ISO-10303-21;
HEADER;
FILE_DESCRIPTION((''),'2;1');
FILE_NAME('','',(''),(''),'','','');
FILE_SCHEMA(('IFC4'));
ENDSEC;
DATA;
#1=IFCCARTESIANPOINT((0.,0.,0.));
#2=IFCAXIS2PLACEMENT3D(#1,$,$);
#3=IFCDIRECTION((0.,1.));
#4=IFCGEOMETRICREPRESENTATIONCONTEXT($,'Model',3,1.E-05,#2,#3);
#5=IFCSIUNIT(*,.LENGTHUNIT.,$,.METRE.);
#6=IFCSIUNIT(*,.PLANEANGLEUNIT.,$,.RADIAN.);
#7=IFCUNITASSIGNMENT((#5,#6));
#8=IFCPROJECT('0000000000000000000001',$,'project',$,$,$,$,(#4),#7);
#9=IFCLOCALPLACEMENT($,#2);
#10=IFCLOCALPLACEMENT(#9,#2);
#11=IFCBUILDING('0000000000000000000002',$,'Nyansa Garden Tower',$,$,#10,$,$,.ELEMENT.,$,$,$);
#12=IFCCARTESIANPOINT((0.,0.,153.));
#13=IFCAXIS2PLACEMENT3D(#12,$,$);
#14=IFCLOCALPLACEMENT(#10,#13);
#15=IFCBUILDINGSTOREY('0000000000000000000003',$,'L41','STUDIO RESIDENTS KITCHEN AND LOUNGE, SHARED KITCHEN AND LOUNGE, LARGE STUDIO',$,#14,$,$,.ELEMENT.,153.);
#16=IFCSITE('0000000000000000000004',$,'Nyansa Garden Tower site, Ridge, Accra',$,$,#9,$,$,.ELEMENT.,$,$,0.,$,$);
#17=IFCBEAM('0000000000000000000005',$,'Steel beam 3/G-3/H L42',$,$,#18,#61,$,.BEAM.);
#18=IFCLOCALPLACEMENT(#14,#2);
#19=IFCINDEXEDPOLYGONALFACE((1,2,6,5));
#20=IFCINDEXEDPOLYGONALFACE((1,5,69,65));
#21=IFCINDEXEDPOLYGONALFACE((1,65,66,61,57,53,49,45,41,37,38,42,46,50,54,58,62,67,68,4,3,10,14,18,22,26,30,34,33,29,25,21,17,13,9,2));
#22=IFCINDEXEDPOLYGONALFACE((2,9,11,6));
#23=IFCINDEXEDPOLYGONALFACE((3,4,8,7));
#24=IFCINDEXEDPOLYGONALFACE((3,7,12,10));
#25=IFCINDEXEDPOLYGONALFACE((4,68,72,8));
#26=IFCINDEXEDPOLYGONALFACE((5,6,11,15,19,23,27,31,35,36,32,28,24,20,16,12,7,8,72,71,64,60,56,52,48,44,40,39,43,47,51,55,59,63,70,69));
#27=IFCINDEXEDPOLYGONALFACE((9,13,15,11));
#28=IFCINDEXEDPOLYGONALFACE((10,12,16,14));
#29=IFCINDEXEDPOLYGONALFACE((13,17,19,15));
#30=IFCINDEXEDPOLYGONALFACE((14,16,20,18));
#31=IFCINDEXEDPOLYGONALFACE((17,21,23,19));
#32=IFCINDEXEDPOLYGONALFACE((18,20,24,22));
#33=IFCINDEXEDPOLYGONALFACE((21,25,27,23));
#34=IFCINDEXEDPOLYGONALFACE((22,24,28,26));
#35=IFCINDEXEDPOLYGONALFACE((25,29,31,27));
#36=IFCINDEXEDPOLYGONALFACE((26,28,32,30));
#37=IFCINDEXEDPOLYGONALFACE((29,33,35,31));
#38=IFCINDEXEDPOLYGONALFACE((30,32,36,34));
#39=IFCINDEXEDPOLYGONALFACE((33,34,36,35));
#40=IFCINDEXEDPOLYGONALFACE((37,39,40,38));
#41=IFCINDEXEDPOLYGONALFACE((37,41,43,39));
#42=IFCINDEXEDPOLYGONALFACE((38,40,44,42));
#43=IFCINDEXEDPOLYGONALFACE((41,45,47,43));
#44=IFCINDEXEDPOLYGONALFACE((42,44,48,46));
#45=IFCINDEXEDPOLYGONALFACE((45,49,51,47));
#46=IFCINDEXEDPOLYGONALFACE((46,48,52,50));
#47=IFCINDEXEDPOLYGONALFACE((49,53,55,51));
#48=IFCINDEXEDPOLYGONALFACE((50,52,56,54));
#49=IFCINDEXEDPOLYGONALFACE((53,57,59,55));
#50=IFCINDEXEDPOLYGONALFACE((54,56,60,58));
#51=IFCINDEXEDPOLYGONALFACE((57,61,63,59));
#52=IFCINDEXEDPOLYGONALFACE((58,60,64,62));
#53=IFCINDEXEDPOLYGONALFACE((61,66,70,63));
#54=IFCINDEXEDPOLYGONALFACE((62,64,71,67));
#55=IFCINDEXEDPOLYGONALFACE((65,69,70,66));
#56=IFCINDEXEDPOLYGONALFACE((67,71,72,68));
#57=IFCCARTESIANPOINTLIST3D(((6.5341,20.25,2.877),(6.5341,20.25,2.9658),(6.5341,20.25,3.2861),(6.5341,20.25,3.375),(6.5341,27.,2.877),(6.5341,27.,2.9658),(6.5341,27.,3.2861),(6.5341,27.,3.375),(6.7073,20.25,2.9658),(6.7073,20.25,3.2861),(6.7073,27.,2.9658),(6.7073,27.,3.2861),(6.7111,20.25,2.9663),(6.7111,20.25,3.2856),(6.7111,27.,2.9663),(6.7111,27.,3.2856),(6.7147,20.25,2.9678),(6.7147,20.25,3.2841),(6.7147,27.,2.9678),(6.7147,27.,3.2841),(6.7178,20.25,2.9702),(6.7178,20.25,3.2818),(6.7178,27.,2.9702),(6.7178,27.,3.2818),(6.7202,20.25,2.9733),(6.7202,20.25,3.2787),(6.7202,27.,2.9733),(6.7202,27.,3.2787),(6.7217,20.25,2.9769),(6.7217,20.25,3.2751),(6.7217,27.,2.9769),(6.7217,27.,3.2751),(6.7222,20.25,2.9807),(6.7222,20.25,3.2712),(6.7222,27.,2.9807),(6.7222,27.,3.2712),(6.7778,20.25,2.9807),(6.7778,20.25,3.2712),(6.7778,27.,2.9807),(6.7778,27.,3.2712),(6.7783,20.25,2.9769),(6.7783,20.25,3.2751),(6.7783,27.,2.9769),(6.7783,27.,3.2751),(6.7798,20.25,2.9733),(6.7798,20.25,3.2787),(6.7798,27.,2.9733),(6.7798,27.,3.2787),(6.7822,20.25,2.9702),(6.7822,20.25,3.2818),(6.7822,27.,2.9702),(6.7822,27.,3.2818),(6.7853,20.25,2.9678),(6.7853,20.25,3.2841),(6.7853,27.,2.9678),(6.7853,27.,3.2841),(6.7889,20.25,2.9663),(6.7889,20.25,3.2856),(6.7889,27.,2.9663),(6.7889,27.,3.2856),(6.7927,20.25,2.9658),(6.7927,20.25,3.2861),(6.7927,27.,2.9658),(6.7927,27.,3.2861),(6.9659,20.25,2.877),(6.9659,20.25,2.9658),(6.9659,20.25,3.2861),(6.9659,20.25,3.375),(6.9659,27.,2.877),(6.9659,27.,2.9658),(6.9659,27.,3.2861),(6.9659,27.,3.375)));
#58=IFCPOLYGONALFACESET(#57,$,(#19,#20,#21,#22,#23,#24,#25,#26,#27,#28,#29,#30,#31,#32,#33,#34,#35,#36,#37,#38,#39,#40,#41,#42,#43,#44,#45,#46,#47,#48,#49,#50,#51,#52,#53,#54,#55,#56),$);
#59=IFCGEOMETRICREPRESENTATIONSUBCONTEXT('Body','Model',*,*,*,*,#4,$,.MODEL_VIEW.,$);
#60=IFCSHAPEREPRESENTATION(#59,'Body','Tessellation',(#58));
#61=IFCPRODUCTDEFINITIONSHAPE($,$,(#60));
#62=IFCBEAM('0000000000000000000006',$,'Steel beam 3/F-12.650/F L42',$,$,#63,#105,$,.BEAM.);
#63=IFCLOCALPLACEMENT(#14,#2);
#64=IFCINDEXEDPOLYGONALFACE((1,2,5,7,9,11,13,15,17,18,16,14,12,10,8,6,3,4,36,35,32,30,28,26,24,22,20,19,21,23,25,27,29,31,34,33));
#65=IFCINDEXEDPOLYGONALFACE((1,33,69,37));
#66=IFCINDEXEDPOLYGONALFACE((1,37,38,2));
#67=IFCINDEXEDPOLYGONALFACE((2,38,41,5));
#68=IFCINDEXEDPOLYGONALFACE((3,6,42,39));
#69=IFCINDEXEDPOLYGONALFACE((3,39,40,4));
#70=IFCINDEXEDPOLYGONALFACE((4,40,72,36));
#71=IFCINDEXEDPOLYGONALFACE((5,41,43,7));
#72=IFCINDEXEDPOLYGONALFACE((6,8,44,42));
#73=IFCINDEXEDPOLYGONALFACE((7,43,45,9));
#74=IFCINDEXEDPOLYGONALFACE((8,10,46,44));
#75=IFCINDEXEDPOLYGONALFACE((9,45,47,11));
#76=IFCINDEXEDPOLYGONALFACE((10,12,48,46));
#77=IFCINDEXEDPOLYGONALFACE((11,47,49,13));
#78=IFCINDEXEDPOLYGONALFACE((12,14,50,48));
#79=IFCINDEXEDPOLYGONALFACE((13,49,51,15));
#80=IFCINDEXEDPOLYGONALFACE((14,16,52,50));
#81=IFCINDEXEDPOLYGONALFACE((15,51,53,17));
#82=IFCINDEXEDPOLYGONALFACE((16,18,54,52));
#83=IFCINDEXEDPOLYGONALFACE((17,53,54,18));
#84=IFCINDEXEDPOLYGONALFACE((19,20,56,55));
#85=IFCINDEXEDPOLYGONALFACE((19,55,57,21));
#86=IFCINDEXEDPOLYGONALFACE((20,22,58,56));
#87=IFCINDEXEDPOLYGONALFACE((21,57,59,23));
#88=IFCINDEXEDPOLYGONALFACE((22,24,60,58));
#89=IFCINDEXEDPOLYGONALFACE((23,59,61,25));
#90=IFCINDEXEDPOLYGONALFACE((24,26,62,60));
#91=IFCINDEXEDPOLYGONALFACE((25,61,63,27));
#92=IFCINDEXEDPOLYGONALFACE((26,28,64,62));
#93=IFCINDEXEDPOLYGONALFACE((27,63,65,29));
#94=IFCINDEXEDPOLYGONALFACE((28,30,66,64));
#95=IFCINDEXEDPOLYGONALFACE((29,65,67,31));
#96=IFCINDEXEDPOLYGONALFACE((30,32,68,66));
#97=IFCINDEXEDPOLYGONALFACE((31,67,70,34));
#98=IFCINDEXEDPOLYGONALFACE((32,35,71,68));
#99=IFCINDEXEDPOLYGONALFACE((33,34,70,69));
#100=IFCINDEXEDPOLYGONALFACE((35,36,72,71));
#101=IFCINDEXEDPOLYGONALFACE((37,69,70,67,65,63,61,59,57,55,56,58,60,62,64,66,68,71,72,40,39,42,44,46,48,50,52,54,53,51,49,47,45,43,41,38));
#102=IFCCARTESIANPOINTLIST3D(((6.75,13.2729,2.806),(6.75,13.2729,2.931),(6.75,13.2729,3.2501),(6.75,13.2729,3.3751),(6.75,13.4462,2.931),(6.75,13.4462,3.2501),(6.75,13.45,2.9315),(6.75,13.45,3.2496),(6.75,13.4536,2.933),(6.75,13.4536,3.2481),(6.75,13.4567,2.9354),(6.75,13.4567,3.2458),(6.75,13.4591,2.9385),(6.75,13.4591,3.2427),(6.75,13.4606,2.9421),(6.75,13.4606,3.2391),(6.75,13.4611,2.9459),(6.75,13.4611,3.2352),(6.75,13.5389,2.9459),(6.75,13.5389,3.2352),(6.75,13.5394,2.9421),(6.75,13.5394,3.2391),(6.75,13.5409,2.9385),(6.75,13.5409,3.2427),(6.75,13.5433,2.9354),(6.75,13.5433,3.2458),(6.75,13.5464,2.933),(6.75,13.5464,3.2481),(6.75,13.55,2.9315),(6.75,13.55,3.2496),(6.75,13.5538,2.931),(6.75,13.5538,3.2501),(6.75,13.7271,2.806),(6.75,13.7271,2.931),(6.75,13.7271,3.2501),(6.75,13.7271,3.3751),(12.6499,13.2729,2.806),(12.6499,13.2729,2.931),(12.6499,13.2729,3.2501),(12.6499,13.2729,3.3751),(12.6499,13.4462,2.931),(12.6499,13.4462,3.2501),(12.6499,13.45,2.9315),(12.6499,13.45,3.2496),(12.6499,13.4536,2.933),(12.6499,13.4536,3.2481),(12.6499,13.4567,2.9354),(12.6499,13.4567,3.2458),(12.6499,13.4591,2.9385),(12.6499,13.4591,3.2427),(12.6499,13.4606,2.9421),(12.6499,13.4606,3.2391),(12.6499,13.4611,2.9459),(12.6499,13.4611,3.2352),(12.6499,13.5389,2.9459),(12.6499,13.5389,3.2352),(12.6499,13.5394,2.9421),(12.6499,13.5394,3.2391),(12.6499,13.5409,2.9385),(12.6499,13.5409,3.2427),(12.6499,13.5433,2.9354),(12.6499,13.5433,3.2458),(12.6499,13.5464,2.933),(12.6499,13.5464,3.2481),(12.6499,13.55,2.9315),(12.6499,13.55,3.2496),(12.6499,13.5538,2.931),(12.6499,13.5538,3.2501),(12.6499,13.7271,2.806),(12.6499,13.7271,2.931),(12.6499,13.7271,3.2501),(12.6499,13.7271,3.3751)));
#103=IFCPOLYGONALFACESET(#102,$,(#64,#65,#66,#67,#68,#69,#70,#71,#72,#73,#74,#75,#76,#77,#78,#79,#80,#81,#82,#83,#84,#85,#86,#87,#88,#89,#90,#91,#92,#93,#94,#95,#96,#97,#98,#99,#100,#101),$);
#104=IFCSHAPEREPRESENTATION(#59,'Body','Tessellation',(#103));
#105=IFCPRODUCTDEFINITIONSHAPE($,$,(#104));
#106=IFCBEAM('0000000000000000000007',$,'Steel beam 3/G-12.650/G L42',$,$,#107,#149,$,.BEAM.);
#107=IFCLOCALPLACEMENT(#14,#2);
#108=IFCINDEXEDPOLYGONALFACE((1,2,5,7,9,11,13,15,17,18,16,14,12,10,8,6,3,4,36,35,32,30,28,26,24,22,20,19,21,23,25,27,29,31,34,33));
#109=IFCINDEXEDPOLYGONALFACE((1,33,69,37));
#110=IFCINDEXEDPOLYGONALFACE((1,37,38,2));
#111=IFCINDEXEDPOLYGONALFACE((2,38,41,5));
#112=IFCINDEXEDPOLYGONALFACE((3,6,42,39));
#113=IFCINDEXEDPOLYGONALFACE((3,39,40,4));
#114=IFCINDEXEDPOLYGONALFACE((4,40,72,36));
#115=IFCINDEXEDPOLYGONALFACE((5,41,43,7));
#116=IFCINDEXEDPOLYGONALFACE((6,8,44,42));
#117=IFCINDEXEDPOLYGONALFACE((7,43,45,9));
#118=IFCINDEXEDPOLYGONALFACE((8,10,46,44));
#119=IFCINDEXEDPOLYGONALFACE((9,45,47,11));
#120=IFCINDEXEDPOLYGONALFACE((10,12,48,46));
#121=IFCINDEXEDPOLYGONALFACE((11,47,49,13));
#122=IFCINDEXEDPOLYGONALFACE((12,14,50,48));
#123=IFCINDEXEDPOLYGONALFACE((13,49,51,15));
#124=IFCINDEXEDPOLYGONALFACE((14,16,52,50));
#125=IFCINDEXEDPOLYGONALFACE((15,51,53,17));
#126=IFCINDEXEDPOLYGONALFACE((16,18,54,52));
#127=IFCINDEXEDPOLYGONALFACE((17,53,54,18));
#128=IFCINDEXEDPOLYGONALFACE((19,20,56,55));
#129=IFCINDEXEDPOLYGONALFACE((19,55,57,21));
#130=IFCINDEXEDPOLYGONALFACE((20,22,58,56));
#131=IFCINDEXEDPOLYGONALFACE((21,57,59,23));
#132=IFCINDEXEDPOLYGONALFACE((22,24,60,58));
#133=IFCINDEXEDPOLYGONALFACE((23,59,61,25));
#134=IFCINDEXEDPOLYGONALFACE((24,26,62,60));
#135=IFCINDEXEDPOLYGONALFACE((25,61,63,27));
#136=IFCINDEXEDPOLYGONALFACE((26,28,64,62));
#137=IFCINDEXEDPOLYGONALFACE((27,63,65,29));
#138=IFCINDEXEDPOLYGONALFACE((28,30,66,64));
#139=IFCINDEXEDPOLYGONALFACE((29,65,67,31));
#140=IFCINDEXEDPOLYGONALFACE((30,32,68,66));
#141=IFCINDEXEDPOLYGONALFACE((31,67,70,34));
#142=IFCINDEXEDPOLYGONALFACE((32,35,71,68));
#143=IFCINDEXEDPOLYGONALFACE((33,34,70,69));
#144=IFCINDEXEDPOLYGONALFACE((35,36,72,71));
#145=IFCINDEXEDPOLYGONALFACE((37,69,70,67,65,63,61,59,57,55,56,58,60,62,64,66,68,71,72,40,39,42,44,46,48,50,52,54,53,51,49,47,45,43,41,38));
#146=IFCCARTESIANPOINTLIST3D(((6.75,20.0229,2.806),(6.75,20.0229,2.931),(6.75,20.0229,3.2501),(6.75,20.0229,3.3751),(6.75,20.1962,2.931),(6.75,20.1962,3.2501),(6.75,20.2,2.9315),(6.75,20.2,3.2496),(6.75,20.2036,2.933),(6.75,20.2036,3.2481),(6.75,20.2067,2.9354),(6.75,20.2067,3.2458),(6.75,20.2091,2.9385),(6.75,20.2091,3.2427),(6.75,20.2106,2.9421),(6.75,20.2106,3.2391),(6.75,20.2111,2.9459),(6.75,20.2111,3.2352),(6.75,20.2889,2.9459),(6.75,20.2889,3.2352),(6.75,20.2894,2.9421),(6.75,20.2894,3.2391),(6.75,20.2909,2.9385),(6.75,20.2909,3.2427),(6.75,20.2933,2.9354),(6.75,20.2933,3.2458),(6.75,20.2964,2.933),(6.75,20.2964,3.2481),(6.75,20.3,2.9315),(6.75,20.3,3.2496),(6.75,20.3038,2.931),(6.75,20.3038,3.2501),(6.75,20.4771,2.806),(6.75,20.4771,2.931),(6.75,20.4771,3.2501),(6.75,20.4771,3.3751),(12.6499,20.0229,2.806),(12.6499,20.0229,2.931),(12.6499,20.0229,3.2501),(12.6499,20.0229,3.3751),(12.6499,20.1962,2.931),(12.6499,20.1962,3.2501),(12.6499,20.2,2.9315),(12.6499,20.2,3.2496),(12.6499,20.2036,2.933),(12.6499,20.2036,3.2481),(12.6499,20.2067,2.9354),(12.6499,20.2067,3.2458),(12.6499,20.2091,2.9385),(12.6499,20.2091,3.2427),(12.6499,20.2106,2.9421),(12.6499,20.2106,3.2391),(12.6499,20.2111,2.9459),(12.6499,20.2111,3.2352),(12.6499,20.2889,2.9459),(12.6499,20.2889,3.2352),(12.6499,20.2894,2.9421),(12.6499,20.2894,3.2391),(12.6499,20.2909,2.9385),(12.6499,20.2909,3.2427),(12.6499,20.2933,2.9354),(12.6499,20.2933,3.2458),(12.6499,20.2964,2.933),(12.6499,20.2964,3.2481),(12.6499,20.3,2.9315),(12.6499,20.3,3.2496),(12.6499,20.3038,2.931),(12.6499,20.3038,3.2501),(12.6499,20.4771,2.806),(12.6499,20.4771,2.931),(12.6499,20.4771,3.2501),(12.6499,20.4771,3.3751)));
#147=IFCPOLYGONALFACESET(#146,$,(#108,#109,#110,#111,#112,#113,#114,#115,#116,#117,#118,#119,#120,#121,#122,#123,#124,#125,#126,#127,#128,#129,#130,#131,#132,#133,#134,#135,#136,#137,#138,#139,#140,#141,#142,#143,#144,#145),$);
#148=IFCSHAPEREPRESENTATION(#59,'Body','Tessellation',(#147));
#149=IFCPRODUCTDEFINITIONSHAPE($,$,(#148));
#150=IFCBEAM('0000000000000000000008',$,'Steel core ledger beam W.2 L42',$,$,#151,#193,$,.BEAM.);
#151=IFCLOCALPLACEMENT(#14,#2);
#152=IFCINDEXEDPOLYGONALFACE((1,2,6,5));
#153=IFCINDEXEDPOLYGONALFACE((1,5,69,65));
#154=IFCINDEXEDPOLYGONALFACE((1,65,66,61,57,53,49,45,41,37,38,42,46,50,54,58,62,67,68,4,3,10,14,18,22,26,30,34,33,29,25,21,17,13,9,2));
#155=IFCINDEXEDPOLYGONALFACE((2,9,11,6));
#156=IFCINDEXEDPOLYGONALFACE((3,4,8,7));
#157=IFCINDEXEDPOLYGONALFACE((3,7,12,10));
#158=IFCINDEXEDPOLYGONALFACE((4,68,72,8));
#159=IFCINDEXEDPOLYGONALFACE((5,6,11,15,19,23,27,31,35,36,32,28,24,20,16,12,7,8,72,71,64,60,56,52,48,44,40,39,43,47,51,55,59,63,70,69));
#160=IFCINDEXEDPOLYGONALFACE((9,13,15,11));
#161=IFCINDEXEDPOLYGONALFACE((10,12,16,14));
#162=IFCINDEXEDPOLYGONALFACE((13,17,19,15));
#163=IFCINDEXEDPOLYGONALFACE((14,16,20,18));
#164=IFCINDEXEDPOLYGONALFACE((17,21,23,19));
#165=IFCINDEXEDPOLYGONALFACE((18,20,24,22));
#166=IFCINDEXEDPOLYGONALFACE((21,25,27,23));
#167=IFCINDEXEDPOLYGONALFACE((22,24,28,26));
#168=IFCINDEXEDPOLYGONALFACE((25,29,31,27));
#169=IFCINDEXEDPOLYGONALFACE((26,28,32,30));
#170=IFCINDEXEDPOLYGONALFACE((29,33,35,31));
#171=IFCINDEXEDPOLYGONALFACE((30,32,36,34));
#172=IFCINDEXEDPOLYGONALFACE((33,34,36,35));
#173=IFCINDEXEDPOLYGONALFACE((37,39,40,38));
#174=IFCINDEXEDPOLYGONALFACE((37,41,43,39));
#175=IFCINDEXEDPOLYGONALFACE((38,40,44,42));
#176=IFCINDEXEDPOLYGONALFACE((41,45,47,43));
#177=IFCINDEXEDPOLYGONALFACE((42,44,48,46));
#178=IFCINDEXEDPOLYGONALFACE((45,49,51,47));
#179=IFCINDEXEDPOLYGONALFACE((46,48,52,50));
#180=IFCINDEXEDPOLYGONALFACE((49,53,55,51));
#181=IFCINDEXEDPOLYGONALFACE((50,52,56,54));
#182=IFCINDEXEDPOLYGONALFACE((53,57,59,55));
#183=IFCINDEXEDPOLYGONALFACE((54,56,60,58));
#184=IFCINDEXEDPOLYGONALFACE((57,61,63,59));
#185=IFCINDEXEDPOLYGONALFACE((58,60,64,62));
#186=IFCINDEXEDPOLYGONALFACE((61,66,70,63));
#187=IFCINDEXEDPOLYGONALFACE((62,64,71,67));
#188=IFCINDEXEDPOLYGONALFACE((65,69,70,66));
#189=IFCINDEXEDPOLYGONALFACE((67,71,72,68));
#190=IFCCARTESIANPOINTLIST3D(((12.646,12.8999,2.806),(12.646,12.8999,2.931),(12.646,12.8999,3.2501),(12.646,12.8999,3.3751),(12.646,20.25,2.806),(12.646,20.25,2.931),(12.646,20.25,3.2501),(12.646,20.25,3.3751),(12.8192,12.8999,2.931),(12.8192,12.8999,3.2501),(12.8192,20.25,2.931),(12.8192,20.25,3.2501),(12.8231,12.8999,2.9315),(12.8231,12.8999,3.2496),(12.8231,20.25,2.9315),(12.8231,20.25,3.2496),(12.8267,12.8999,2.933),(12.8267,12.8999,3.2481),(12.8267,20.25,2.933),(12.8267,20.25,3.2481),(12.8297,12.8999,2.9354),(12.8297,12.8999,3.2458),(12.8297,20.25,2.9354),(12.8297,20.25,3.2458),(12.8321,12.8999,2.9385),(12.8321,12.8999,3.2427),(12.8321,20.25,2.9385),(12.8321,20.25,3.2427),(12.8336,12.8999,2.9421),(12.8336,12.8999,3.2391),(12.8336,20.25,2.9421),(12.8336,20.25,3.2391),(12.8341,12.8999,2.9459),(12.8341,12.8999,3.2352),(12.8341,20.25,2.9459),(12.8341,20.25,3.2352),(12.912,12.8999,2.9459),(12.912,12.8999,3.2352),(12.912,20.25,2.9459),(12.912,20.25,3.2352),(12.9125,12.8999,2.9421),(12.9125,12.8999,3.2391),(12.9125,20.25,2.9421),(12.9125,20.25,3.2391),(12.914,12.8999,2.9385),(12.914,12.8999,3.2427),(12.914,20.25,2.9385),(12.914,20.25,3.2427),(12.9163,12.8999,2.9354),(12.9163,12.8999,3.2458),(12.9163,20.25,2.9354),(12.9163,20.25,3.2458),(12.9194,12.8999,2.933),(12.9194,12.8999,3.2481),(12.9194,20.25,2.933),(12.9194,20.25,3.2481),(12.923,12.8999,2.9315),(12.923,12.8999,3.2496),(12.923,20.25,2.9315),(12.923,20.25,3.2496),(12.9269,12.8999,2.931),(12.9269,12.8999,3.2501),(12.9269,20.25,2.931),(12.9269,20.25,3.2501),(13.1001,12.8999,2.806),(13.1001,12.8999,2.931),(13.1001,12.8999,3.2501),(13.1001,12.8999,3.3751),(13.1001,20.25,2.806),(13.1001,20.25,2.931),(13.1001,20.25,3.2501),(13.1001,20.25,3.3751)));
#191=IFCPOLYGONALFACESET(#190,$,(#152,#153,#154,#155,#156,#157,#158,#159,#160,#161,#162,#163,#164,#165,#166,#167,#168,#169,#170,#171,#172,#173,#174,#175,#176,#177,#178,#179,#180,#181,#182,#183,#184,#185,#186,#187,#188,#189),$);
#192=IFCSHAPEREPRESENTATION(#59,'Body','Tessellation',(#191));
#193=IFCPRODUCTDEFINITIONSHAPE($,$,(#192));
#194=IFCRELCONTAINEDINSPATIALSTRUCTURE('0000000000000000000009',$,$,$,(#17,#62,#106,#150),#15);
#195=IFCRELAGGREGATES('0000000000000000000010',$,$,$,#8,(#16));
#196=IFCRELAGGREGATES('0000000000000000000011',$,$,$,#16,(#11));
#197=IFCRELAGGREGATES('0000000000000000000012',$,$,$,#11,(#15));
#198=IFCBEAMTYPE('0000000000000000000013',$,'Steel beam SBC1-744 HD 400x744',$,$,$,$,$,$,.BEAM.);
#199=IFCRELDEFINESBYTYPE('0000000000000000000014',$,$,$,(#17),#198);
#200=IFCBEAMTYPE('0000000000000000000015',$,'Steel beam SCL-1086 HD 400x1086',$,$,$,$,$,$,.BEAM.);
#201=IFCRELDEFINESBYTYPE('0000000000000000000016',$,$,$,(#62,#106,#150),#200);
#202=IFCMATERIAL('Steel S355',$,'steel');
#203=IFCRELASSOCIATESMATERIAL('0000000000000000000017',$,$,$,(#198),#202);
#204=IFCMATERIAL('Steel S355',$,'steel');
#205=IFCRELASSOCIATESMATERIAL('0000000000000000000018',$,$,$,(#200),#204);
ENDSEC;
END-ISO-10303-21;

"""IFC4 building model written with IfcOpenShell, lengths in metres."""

from ifc_helpers import new_model, si_unit, direction, frame, origin, origin_2d, place, context, subcontext, project, spatial, i_section, extrude, material, material_profile, profile_set, type_object, element, save


model = new_model("IFC4")

# Units and contexts
model_context = context("Model", 3, precision=1e-05, world=origin(), true_north=direction((0.0, 1.0)))
body_context = subcontext(model_context, "Body", "Model", "MODEL_VIEW")
ifc_project = project(units=[si_unit("LENGTHUNIT", "METRE"), si_unit("PLANEANGLEUNIT", "RADIAN")], contexts=[model_context])

# Site, building, storey
site_placement = place(None, origin())
site = spatial("IfcSite", under=ifc_project, at=site_placement, Name="Nyansa Garden Tower site, Ridge, Accra", CompositionType="ELEMENT", RefElevation=0.0)
building_placement = place(site_placement, origin())
building = spatial("IfcBuilding", under=site, at=building_placement, Name="Nyansa Garden Tower", CompositionType="ELEMENT")
storey_placement = place(building_placement, frame((0.0, 0.0, 153.0)))
storey = spatial("IfcBuildingStorey", under=building, at=storey_placement, Name="L41", Description="STUDIO RESIDENTS KITCHEN AND LOUNGE, SHARED KITCHEN AND LOUNGE, LARGE STUDIO", CompositionType="ELEMENT", Elevation=153.0)

# Beams
ifc_material_1 = material(Name="Steel S355", Category="steel")
ifc_material_profile_1 = material_profile(ifc_material_1, i_section(OverallWidth=0.4319, OverallDepth=0.498, WebThickness=0.0557, FlangeThickness=0.0889, FilletRadius=0.0149, at=origin_2d()), Name="HD 400x744")
ifc_profile_set_1 = profile_set([ifc_material_profile_1], Name="Steel S355")
beam_type_1 = type_object("IfcBeamType", Name="Steel beam SBC1-744 HD 400x744", PredefinedType="BEAM", material=ifc_profile_set_1)
for number, where, z_axis, x_axis, name in (
    (1, (6.75, 20.25, 3.126), (0.0, 1.0, 0.0), (-1.0, 0.0, 0.0), "Steel beam 3/G-3/H L42"),
):
    element("IfcBeam", number, at=place(storey_placement, frame(where, z_axis=z_axis, x_axis=x_axis)), inside=storey, type_object=beam_type_1, Name=name, PredefinedType="BEAM", context=body_context, shape_type="SweptSolid", body=[
        extrude(i_section(OverallWidth=0.4319, OverallDepth=0.498, WebThickness=0.0557, FlangeThickness=0.0889, FilletRadius=0.0149, at=origin_2d()), origin(), (0.0, 0.0, 1.0), 6.75),
    ])
ifc_material_2 = material(Name="Steel S355", Category="steel")
ifc_material_profile_2 = material_profile(ifc_material_2, i_section(OverallWidth=0.4541, OverallDepth=0.5691, WebThickness=0.0779, FlangeThickness=0.125, FilletRadius=0.0149, at=origin_2d()), Name="HD 400x1086")
ifc_profile_set_2 = profile_set([ifc_material_profile_2], Name="Steel S355")
beam_type_2 = type_object("IfcBeamType", Name="Steel beam SCL-1086 HD 400x1086", PredefinedType="BEAM", material=ifc_profile_set_2)
for number, where, z_axis, x_axis, name in (
    (2, (6.75, 13.5, 3.0906), (1.0, 0.0, 0.0), (0.0, 1.0, 0.0), "Steel beam 3/F-12.650/F L42"),
    (3, (6.75, 20.25, 3.0906), (1.0, 0.0, 0.0), (0.0, 1.0, 0.0), "Steel beam 3/G-12.650/G L42"),
):
    element("IfcBeam", number, at=place(storey_placement, frame(where, z_axis=z_axis, x_axis=x_axis)), inside=storey, type_object=beam_type_2, Name=name, PredefinedType="BEAM", context=body_context, shape_type="SweptSolid", body=[
        extrude(i_section(OverallWidth=0.4541, OverallDepth=0.5691, WebThickness=0.0779, FlangeThickness=0.125, FilletRadius=0.0149, at=origin_2d()), origin(), (0.0, 0.0, 1.0), 5.8999),
    ])
beam_placement = place(storey_placement, frame((12.873, 20.25, 3.0906), z_axis=(0.0, -1.0, 0.0), x_axis=(1.0, 0.0, 0.0)))
element("IfcBeam", 4, at=beam_placement, inside=storey, type_object=beam_type_2, Name="Steel core ledger beam W.2 L42", PredefinedType="BEAM", context=body_context, shape_type="SweptSolid", body=[
    extrude(i_section(OverallWidth=0.4541, OverallDepth=0.5691, WebThickness=0.0779, FlangeThickness=0.125, FilletRadius=0.0149, at=origin_2d()), origin(), (0.0, 0.0, 1.0), 7.3501),
])

save(model, "model.ifc")
